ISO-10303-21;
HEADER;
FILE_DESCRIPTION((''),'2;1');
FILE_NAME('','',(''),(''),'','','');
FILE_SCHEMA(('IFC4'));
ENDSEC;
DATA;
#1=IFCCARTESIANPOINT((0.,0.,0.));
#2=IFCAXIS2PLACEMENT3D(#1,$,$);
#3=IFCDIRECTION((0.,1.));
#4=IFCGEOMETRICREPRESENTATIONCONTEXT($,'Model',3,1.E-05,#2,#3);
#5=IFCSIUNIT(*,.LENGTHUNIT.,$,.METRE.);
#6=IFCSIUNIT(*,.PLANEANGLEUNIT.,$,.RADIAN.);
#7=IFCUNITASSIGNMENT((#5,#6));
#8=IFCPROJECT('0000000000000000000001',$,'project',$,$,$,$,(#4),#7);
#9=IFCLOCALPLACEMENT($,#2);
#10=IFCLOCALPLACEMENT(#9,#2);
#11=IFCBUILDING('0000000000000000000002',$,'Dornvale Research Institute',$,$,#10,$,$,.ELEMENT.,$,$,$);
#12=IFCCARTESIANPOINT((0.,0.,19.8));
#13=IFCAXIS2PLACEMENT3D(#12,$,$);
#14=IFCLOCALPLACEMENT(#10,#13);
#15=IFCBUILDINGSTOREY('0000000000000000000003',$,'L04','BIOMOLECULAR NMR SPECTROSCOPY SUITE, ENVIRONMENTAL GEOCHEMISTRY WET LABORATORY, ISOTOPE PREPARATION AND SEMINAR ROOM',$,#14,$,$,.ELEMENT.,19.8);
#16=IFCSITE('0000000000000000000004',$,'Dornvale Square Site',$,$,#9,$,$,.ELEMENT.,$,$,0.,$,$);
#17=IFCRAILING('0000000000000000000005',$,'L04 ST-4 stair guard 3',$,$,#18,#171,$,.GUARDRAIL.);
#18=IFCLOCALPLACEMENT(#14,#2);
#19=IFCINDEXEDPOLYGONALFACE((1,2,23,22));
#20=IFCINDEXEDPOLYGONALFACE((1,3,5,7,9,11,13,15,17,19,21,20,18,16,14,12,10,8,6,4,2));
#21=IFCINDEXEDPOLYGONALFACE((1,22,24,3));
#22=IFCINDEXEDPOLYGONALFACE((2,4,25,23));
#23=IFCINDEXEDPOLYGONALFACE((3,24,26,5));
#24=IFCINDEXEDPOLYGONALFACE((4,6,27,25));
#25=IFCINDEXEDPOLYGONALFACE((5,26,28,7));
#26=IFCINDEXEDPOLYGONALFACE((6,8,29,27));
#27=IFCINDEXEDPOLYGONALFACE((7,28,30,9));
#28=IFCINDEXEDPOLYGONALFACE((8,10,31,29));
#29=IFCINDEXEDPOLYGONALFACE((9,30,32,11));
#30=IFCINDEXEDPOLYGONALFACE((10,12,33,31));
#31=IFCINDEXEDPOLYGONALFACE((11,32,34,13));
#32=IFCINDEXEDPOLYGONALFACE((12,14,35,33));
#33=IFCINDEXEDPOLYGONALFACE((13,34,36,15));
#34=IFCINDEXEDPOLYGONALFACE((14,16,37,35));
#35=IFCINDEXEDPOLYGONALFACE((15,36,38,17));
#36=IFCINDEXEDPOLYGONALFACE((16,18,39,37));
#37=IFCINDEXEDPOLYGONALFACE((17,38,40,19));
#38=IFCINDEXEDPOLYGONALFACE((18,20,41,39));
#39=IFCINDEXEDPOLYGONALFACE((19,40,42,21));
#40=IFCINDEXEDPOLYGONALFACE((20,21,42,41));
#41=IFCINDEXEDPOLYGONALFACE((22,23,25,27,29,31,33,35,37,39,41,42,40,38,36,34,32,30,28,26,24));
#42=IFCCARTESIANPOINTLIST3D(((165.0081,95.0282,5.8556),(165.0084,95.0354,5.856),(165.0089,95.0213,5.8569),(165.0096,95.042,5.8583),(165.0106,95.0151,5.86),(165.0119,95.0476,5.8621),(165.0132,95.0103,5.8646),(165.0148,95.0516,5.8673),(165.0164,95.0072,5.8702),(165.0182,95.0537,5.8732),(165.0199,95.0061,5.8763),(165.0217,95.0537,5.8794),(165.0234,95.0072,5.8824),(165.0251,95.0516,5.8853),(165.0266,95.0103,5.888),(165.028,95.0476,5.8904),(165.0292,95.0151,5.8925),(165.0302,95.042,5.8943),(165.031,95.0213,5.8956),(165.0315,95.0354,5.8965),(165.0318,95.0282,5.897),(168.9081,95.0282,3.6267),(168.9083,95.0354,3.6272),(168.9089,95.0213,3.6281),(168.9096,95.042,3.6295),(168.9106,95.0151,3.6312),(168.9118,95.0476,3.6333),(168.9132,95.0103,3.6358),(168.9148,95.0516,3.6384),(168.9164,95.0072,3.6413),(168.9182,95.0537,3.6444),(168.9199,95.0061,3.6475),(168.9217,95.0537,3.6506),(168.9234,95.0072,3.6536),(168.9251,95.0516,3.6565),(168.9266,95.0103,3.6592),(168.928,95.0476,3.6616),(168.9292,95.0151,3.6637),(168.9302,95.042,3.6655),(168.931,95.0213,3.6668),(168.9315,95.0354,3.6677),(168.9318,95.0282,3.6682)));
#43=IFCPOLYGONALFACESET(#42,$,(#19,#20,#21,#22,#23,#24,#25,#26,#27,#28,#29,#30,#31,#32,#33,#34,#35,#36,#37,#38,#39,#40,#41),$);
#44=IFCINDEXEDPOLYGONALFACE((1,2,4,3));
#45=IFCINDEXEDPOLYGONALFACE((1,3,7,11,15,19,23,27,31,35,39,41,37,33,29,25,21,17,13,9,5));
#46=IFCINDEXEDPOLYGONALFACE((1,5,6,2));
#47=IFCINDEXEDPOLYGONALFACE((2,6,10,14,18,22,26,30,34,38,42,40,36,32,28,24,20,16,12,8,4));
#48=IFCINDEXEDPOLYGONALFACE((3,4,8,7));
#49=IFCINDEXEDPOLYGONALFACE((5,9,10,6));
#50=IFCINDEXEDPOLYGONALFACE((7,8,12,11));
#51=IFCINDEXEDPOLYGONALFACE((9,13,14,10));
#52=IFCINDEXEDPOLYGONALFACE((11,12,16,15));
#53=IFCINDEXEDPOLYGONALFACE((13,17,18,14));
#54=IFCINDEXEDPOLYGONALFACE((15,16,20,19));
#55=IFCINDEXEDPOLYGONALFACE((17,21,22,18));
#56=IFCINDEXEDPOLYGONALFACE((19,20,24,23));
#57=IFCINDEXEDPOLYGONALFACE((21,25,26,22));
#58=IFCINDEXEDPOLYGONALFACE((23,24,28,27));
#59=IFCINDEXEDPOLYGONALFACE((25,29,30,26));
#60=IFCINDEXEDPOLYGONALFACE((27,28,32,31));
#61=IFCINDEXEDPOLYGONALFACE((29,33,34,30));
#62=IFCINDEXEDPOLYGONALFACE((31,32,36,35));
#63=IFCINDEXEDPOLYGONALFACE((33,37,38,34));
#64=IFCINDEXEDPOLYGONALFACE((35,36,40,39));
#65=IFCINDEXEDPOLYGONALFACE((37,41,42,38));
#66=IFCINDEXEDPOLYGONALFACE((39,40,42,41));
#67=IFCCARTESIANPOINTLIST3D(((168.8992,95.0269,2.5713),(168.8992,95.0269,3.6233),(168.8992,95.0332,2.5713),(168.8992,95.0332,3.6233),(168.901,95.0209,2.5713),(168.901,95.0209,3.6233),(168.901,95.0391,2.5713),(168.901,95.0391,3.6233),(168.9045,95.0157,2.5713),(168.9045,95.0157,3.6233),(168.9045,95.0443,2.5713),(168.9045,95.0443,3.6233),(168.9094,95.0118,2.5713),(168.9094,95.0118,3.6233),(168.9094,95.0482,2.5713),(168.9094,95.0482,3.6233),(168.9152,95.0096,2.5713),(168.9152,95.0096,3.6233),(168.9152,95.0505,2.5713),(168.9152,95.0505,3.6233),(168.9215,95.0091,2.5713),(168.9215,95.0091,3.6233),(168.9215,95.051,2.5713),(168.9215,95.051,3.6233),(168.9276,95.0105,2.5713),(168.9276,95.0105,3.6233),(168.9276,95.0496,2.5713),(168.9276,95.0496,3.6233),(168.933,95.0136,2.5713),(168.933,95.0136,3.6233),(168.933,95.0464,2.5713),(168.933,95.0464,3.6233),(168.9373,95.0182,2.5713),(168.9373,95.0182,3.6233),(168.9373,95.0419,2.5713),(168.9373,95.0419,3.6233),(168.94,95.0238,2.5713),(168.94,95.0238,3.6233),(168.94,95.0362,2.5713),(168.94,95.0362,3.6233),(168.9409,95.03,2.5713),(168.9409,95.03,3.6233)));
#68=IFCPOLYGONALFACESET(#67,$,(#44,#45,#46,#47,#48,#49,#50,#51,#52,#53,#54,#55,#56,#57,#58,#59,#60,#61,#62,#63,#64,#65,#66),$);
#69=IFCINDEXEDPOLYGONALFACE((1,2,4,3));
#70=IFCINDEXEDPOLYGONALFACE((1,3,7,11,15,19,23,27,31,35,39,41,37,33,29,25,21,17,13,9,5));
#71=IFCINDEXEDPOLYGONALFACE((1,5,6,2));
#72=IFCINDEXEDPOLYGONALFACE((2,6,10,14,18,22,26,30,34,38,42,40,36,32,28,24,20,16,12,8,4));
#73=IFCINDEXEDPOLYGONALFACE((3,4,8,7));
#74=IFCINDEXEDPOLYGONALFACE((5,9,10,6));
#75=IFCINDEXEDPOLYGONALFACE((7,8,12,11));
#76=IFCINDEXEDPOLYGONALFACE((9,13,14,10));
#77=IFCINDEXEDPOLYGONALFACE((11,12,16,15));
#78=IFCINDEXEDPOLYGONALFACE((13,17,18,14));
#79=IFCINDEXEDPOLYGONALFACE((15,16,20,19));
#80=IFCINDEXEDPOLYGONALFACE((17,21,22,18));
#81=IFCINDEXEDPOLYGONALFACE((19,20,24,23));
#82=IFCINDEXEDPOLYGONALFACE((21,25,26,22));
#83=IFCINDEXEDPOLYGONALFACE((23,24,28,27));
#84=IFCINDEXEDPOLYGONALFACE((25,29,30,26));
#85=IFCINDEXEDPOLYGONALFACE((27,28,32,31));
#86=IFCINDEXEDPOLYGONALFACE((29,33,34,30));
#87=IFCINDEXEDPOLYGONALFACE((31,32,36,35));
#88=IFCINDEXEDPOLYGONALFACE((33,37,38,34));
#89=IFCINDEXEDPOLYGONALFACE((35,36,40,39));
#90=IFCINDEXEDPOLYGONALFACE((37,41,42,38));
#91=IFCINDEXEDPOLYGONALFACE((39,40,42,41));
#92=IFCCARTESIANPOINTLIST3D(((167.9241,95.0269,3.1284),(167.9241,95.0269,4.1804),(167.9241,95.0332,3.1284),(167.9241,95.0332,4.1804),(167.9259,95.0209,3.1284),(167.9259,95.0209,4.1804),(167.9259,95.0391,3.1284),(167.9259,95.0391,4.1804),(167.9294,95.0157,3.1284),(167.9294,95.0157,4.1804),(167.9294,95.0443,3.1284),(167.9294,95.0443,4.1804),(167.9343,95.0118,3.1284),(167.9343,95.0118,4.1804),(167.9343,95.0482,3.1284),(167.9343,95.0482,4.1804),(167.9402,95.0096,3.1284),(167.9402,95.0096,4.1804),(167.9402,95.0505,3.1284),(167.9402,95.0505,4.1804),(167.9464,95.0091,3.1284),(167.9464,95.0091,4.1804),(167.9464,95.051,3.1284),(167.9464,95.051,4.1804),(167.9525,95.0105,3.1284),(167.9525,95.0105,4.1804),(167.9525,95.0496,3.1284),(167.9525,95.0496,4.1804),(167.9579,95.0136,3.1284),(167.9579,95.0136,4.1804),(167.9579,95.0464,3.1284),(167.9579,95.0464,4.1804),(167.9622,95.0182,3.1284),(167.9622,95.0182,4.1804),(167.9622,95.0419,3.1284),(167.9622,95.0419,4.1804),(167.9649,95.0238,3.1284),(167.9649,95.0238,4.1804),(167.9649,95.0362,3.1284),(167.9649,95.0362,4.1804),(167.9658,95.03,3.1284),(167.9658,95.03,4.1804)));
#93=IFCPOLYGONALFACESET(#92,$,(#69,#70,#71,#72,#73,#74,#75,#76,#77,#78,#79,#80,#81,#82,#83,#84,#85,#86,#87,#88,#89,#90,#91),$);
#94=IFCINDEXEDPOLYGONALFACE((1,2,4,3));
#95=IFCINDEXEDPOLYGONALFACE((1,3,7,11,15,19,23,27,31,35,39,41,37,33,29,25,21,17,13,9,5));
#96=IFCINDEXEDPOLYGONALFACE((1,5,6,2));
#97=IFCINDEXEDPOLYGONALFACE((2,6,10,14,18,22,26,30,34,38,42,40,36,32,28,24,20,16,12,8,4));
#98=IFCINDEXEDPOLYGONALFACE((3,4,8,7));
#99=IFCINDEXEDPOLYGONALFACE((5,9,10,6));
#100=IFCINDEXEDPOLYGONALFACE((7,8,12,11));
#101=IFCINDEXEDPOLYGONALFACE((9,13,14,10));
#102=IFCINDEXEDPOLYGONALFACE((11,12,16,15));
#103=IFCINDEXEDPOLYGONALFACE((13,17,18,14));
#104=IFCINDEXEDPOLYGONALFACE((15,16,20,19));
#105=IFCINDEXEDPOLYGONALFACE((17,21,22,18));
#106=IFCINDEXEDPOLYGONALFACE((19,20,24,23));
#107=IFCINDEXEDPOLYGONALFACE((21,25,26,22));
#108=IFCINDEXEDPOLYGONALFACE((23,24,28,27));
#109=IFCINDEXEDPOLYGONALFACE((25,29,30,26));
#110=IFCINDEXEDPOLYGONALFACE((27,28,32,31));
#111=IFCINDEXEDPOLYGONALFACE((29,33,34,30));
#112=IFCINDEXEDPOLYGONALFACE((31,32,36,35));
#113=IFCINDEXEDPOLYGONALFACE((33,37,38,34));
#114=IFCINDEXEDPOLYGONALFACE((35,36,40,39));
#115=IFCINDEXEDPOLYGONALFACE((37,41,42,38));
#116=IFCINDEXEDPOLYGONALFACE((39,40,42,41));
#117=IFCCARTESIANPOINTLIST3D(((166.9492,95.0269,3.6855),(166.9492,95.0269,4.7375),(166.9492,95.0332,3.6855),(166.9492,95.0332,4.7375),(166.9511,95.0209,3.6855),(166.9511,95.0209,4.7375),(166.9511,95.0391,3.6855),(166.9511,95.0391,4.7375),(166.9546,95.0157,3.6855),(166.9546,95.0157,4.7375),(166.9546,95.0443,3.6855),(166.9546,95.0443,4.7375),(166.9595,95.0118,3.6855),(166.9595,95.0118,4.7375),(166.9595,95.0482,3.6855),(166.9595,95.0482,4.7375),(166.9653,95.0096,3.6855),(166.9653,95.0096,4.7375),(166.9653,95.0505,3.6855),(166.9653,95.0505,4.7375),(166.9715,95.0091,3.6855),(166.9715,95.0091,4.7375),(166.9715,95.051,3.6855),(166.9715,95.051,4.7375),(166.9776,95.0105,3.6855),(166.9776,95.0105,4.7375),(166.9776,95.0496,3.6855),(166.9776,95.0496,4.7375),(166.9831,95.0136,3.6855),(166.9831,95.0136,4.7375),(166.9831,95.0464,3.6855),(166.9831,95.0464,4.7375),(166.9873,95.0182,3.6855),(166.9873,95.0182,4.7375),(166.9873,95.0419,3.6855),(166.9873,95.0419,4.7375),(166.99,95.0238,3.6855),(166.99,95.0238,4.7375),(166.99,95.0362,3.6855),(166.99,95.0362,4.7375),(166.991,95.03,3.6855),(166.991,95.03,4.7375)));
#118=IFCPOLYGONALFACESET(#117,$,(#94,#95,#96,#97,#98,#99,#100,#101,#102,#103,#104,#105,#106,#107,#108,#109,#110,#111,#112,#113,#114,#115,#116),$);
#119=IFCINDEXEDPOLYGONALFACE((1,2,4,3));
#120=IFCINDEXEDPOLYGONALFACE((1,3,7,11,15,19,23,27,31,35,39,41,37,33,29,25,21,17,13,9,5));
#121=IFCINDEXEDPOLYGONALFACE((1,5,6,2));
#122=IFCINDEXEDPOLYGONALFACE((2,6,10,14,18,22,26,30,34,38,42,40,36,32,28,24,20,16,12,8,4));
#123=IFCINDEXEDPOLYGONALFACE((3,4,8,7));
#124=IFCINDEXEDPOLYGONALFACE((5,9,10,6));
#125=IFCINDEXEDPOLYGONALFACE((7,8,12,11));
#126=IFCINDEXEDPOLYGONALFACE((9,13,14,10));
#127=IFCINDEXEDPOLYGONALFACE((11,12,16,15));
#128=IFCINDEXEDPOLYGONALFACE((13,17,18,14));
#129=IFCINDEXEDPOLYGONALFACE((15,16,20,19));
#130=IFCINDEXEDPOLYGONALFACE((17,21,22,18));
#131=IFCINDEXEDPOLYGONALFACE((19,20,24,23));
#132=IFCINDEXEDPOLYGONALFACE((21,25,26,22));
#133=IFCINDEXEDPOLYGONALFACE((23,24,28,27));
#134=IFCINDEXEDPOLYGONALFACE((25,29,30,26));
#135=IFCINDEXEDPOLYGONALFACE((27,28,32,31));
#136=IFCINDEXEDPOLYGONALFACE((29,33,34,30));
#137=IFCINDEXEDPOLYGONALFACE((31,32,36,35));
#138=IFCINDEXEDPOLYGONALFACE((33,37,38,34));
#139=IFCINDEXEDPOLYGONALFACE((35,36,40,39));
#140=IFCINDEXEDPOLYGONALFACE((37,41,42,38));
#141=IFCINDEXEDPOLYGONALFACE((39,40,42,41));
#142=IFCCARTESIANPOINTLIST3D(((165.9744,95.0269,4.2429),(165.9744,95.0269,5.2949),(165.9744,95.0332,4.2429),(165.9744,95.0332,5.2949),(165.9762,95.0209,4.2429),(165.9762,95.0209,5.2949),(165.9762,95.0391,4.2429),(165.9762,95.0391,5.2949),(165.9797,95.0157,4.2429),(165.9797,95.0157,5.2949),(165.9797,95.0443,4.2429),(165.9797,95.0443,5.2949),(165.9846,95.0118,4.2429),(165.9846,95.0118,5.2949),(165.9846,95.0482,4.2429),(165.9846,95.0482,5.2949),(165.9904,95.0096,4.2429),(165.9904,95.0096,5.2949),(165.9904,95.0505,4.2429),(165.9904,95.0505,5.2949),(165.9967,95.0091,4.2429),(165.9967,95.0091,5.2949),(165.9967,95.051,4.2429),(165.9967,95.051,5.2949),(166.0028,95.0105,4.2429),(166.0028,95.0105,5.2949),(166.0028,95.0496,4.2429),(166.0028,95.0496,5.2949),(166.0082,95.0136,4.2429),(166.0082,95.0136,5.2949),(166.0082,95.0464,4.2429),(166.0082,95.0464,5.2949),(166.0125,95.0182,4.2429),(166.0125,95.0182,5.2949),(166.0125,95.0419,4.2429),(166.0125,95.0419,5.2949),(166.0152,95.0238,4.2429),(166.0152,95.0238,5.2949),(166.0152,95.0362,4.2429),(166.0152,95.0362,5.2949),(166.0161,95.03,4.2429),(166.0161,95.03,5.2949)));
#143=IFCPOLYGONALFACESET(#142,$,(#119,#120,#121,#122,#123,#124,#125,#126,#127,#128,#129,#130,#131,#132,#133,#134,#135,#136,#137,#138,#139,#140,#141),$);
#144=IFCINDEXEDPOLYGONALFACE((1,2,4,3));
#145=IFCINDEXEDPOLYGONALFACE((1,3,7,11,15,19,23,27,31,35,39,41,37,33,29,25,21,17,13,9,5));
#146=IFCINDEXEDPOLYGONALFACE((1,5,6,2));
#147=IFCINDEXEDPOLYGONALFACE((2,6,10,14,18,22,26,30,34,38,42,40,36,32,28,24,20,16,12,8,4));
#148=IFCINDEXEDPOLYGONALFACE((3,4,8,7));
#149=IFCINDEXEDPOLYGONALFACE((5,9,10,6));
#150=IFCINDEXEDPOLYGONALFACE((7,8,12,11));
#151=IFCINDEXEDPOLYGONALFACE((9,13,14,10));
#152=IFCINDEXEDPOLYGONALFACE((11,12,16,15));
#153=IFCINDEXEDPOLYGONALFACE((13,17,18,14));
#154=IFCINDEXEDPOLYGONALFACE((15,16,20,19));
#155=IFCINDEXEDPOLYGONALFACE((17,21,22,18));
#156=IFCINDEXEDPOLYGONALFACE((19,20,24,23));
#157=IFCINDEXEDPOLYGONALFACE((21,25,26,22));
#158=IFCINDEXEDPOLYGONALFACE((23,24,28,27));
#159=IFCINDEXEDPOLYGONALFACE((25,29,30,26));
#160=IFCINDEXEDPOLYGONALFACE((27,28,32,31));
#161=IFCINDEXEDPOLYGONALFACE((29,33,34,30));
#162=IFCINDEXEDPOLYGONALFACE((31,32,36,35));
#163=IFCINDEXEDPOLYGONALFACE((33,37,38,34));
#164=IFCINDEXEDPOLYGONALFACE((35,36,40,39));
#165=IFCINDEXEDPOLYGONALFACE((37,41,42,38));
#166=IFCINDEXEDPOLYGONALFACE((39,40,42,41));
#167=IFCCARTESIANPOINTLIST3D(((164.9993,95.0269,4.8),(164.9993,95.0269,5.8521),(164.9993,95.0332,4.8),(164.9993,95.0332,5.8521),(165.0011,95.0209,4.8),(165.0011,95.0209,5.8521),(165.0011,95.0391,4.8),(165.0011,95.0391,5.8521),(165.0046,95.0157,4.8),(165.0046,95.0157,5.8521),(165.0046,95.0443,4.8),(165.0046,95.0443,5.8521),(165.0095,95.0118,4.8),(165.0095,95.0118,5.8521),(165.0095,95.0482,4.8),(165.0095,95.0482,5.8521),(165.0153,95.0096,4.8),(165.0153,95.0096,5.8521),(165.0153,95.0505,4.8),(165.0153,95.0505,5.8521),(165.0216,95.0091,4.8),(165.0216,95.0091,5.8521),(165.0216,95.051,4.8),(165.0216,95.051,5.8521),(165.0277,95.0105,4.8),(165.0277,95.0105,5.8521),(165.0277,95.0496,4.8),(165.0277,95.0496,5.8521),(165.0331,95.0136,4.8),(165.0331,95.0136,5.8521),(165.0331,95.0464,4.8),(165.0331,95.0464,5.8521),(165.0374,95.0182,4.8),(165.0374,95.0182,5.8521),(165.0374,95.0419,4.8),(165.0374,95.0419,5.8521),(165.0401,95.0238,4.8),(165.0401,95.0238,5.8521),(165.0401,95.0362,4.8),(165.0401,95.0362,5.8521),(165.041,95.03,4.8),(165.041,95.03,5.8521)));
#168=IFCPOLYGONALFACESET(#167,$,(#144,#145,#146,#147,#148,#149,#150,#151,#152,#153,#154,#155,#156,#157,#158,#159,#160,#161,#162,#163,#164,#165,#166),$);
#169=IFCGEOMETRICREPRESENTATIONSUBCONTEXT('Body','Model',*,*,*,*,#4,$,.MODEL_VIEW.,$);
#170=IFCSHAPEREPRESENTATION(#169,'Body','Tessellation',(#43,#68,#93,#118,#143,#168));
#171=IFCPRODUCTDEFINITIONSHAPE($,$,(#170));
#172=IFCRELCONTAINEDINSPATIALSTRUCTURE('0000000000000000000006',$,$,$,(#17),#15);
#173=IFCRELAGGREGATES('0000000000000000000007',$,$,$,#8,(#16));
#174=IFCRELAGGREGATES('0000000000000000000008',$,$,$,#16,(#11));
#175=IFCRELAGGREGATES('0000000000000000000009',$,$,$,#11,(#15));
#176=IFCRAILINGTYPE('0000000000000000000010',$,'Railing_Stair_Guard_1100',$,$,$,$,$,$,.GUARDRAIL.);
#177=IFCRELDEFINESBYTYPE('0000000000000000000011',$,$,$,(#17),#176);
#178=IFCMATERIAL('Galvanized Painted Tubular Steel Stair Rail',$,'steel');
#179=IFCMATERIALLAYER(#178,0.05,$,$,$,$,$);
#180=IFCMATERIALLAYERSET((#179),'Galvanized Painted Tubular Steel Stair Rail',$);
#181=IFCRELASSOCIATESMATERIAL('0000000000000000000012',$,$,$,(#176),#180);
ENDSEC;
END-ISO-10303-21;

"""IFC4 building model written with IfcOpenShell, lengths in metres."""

from ifc_helpers import new_model, si_unit, direction, frame, origin, origin_2d, place, context, subcontext, project, spatial, circle, extrude, material, layer, layer_set, type_object, element, save


model = new_model("IFC4")

# Units and contexts
model_context = context("Model", 3, precision=1e-05, world=origin(), true_north=direction((0.0, 1.0)))
body_context = subcontext(model_context, "Body", "Model", "MODEL_VIEW")
ifc_project = project(units=[si_unit("LENGTHUNIT", "METRE"), si_unit("PLANEANGLEUNIT", "RADIAN")], contexts=[model_context])

# Site, building, storey
site_placement = place(None, origin())
site = spatial("IfcSite", under=ifc_project, at=site_placement, Name="Dornvale Square Site", CompositionType="ELEMENT", RefElevation=0.0)
building_placement = place(site_placement, origin())
building = spatial("IfcBuilding", under=site, at=building_placement, Name="Dornvale Research Institute", CompositionType="ELEMENT")
storey_placement = place(building_placement, frame((0.0, 0.0, 19.8)))
storey = spatial("IfcBuildingStorey", under=building, at=storey_placement, Name="L04", Description="BIOMOLECULAR NMR SPECTROSCOPY SUITE, ENVIRONMENTAL GEOCHEMISTRY WET LABORATORY, ISOTOPE PREPARATION AND SEMINAR ROOM", CompositionType="ELEMENT", Elevation=19.8)

# Railing
ifc_material_1 = material(Name="Galvanized Painted Tubular Steel Stair Rail", Category="steel")
ifc_layer_1 = layer(ifc_material_1, 0.05)
ifc_layer_set_1 = layer_set([ifc_layer_1], Name="Galvanized Painted Tubular Steel Stair Rail")
railing_type_1 = type_object("IfcRailingType", Name="Railing_Stair_Guard_1100", PredefinedType="GUARDRAIL", material=ifc_layer_set_1)
railing_1_placement = place(storey_placement, frame((168.9199, 95.03, 2.5713)))
element("IfcRailing", 1, at=railing_1_placement, inside=storey, type_object=railing_type_1, Name="L04 ST-4 stair guard 3", PredefinedType="GUARDRAIL", context=body_context, shape_type="SweptSolid", body=[
    extrude(circle(Radius=0.0239, at=origin_2d()), frame((0.0, 0.0, 1.0762), z_axis=(-0.86822, 0.0, 0.49618), x_axis=(0.0, -1.0, 0.0)), (0.0, 0.0, 1.0), 4.4919),
    extrude(circle(Radius=0.021, at=origin_2d()), origin(), (0.0, 0.0, 1.0), 1.052),
    extrude(circle(Radius=0.021, at=origin_2d()), frame((-0.9751, 0.0, 0.5571)), (0.0, 0.0, 1.0), 1.052),
    extrude(circle(Radius=0.021, at=origin_2d()), frame((-1.95, 0.0, 1.1143)), (0.0, 0.0, 1.0), 1.052),
    extrude(circle(Radius=0.021, at=origin_2d()), frame((-2.9248, 0.0, 1.6716)), (0.0, 0.0, 1.0), 1.052),
    extrude(circle(Radius=0.021, at=origin_2d()), frame((-3.8999, 0.0, 2.2288)), (0.0, 0.0, 1.0), 1.052),
])

save(model, "model.ifc")
